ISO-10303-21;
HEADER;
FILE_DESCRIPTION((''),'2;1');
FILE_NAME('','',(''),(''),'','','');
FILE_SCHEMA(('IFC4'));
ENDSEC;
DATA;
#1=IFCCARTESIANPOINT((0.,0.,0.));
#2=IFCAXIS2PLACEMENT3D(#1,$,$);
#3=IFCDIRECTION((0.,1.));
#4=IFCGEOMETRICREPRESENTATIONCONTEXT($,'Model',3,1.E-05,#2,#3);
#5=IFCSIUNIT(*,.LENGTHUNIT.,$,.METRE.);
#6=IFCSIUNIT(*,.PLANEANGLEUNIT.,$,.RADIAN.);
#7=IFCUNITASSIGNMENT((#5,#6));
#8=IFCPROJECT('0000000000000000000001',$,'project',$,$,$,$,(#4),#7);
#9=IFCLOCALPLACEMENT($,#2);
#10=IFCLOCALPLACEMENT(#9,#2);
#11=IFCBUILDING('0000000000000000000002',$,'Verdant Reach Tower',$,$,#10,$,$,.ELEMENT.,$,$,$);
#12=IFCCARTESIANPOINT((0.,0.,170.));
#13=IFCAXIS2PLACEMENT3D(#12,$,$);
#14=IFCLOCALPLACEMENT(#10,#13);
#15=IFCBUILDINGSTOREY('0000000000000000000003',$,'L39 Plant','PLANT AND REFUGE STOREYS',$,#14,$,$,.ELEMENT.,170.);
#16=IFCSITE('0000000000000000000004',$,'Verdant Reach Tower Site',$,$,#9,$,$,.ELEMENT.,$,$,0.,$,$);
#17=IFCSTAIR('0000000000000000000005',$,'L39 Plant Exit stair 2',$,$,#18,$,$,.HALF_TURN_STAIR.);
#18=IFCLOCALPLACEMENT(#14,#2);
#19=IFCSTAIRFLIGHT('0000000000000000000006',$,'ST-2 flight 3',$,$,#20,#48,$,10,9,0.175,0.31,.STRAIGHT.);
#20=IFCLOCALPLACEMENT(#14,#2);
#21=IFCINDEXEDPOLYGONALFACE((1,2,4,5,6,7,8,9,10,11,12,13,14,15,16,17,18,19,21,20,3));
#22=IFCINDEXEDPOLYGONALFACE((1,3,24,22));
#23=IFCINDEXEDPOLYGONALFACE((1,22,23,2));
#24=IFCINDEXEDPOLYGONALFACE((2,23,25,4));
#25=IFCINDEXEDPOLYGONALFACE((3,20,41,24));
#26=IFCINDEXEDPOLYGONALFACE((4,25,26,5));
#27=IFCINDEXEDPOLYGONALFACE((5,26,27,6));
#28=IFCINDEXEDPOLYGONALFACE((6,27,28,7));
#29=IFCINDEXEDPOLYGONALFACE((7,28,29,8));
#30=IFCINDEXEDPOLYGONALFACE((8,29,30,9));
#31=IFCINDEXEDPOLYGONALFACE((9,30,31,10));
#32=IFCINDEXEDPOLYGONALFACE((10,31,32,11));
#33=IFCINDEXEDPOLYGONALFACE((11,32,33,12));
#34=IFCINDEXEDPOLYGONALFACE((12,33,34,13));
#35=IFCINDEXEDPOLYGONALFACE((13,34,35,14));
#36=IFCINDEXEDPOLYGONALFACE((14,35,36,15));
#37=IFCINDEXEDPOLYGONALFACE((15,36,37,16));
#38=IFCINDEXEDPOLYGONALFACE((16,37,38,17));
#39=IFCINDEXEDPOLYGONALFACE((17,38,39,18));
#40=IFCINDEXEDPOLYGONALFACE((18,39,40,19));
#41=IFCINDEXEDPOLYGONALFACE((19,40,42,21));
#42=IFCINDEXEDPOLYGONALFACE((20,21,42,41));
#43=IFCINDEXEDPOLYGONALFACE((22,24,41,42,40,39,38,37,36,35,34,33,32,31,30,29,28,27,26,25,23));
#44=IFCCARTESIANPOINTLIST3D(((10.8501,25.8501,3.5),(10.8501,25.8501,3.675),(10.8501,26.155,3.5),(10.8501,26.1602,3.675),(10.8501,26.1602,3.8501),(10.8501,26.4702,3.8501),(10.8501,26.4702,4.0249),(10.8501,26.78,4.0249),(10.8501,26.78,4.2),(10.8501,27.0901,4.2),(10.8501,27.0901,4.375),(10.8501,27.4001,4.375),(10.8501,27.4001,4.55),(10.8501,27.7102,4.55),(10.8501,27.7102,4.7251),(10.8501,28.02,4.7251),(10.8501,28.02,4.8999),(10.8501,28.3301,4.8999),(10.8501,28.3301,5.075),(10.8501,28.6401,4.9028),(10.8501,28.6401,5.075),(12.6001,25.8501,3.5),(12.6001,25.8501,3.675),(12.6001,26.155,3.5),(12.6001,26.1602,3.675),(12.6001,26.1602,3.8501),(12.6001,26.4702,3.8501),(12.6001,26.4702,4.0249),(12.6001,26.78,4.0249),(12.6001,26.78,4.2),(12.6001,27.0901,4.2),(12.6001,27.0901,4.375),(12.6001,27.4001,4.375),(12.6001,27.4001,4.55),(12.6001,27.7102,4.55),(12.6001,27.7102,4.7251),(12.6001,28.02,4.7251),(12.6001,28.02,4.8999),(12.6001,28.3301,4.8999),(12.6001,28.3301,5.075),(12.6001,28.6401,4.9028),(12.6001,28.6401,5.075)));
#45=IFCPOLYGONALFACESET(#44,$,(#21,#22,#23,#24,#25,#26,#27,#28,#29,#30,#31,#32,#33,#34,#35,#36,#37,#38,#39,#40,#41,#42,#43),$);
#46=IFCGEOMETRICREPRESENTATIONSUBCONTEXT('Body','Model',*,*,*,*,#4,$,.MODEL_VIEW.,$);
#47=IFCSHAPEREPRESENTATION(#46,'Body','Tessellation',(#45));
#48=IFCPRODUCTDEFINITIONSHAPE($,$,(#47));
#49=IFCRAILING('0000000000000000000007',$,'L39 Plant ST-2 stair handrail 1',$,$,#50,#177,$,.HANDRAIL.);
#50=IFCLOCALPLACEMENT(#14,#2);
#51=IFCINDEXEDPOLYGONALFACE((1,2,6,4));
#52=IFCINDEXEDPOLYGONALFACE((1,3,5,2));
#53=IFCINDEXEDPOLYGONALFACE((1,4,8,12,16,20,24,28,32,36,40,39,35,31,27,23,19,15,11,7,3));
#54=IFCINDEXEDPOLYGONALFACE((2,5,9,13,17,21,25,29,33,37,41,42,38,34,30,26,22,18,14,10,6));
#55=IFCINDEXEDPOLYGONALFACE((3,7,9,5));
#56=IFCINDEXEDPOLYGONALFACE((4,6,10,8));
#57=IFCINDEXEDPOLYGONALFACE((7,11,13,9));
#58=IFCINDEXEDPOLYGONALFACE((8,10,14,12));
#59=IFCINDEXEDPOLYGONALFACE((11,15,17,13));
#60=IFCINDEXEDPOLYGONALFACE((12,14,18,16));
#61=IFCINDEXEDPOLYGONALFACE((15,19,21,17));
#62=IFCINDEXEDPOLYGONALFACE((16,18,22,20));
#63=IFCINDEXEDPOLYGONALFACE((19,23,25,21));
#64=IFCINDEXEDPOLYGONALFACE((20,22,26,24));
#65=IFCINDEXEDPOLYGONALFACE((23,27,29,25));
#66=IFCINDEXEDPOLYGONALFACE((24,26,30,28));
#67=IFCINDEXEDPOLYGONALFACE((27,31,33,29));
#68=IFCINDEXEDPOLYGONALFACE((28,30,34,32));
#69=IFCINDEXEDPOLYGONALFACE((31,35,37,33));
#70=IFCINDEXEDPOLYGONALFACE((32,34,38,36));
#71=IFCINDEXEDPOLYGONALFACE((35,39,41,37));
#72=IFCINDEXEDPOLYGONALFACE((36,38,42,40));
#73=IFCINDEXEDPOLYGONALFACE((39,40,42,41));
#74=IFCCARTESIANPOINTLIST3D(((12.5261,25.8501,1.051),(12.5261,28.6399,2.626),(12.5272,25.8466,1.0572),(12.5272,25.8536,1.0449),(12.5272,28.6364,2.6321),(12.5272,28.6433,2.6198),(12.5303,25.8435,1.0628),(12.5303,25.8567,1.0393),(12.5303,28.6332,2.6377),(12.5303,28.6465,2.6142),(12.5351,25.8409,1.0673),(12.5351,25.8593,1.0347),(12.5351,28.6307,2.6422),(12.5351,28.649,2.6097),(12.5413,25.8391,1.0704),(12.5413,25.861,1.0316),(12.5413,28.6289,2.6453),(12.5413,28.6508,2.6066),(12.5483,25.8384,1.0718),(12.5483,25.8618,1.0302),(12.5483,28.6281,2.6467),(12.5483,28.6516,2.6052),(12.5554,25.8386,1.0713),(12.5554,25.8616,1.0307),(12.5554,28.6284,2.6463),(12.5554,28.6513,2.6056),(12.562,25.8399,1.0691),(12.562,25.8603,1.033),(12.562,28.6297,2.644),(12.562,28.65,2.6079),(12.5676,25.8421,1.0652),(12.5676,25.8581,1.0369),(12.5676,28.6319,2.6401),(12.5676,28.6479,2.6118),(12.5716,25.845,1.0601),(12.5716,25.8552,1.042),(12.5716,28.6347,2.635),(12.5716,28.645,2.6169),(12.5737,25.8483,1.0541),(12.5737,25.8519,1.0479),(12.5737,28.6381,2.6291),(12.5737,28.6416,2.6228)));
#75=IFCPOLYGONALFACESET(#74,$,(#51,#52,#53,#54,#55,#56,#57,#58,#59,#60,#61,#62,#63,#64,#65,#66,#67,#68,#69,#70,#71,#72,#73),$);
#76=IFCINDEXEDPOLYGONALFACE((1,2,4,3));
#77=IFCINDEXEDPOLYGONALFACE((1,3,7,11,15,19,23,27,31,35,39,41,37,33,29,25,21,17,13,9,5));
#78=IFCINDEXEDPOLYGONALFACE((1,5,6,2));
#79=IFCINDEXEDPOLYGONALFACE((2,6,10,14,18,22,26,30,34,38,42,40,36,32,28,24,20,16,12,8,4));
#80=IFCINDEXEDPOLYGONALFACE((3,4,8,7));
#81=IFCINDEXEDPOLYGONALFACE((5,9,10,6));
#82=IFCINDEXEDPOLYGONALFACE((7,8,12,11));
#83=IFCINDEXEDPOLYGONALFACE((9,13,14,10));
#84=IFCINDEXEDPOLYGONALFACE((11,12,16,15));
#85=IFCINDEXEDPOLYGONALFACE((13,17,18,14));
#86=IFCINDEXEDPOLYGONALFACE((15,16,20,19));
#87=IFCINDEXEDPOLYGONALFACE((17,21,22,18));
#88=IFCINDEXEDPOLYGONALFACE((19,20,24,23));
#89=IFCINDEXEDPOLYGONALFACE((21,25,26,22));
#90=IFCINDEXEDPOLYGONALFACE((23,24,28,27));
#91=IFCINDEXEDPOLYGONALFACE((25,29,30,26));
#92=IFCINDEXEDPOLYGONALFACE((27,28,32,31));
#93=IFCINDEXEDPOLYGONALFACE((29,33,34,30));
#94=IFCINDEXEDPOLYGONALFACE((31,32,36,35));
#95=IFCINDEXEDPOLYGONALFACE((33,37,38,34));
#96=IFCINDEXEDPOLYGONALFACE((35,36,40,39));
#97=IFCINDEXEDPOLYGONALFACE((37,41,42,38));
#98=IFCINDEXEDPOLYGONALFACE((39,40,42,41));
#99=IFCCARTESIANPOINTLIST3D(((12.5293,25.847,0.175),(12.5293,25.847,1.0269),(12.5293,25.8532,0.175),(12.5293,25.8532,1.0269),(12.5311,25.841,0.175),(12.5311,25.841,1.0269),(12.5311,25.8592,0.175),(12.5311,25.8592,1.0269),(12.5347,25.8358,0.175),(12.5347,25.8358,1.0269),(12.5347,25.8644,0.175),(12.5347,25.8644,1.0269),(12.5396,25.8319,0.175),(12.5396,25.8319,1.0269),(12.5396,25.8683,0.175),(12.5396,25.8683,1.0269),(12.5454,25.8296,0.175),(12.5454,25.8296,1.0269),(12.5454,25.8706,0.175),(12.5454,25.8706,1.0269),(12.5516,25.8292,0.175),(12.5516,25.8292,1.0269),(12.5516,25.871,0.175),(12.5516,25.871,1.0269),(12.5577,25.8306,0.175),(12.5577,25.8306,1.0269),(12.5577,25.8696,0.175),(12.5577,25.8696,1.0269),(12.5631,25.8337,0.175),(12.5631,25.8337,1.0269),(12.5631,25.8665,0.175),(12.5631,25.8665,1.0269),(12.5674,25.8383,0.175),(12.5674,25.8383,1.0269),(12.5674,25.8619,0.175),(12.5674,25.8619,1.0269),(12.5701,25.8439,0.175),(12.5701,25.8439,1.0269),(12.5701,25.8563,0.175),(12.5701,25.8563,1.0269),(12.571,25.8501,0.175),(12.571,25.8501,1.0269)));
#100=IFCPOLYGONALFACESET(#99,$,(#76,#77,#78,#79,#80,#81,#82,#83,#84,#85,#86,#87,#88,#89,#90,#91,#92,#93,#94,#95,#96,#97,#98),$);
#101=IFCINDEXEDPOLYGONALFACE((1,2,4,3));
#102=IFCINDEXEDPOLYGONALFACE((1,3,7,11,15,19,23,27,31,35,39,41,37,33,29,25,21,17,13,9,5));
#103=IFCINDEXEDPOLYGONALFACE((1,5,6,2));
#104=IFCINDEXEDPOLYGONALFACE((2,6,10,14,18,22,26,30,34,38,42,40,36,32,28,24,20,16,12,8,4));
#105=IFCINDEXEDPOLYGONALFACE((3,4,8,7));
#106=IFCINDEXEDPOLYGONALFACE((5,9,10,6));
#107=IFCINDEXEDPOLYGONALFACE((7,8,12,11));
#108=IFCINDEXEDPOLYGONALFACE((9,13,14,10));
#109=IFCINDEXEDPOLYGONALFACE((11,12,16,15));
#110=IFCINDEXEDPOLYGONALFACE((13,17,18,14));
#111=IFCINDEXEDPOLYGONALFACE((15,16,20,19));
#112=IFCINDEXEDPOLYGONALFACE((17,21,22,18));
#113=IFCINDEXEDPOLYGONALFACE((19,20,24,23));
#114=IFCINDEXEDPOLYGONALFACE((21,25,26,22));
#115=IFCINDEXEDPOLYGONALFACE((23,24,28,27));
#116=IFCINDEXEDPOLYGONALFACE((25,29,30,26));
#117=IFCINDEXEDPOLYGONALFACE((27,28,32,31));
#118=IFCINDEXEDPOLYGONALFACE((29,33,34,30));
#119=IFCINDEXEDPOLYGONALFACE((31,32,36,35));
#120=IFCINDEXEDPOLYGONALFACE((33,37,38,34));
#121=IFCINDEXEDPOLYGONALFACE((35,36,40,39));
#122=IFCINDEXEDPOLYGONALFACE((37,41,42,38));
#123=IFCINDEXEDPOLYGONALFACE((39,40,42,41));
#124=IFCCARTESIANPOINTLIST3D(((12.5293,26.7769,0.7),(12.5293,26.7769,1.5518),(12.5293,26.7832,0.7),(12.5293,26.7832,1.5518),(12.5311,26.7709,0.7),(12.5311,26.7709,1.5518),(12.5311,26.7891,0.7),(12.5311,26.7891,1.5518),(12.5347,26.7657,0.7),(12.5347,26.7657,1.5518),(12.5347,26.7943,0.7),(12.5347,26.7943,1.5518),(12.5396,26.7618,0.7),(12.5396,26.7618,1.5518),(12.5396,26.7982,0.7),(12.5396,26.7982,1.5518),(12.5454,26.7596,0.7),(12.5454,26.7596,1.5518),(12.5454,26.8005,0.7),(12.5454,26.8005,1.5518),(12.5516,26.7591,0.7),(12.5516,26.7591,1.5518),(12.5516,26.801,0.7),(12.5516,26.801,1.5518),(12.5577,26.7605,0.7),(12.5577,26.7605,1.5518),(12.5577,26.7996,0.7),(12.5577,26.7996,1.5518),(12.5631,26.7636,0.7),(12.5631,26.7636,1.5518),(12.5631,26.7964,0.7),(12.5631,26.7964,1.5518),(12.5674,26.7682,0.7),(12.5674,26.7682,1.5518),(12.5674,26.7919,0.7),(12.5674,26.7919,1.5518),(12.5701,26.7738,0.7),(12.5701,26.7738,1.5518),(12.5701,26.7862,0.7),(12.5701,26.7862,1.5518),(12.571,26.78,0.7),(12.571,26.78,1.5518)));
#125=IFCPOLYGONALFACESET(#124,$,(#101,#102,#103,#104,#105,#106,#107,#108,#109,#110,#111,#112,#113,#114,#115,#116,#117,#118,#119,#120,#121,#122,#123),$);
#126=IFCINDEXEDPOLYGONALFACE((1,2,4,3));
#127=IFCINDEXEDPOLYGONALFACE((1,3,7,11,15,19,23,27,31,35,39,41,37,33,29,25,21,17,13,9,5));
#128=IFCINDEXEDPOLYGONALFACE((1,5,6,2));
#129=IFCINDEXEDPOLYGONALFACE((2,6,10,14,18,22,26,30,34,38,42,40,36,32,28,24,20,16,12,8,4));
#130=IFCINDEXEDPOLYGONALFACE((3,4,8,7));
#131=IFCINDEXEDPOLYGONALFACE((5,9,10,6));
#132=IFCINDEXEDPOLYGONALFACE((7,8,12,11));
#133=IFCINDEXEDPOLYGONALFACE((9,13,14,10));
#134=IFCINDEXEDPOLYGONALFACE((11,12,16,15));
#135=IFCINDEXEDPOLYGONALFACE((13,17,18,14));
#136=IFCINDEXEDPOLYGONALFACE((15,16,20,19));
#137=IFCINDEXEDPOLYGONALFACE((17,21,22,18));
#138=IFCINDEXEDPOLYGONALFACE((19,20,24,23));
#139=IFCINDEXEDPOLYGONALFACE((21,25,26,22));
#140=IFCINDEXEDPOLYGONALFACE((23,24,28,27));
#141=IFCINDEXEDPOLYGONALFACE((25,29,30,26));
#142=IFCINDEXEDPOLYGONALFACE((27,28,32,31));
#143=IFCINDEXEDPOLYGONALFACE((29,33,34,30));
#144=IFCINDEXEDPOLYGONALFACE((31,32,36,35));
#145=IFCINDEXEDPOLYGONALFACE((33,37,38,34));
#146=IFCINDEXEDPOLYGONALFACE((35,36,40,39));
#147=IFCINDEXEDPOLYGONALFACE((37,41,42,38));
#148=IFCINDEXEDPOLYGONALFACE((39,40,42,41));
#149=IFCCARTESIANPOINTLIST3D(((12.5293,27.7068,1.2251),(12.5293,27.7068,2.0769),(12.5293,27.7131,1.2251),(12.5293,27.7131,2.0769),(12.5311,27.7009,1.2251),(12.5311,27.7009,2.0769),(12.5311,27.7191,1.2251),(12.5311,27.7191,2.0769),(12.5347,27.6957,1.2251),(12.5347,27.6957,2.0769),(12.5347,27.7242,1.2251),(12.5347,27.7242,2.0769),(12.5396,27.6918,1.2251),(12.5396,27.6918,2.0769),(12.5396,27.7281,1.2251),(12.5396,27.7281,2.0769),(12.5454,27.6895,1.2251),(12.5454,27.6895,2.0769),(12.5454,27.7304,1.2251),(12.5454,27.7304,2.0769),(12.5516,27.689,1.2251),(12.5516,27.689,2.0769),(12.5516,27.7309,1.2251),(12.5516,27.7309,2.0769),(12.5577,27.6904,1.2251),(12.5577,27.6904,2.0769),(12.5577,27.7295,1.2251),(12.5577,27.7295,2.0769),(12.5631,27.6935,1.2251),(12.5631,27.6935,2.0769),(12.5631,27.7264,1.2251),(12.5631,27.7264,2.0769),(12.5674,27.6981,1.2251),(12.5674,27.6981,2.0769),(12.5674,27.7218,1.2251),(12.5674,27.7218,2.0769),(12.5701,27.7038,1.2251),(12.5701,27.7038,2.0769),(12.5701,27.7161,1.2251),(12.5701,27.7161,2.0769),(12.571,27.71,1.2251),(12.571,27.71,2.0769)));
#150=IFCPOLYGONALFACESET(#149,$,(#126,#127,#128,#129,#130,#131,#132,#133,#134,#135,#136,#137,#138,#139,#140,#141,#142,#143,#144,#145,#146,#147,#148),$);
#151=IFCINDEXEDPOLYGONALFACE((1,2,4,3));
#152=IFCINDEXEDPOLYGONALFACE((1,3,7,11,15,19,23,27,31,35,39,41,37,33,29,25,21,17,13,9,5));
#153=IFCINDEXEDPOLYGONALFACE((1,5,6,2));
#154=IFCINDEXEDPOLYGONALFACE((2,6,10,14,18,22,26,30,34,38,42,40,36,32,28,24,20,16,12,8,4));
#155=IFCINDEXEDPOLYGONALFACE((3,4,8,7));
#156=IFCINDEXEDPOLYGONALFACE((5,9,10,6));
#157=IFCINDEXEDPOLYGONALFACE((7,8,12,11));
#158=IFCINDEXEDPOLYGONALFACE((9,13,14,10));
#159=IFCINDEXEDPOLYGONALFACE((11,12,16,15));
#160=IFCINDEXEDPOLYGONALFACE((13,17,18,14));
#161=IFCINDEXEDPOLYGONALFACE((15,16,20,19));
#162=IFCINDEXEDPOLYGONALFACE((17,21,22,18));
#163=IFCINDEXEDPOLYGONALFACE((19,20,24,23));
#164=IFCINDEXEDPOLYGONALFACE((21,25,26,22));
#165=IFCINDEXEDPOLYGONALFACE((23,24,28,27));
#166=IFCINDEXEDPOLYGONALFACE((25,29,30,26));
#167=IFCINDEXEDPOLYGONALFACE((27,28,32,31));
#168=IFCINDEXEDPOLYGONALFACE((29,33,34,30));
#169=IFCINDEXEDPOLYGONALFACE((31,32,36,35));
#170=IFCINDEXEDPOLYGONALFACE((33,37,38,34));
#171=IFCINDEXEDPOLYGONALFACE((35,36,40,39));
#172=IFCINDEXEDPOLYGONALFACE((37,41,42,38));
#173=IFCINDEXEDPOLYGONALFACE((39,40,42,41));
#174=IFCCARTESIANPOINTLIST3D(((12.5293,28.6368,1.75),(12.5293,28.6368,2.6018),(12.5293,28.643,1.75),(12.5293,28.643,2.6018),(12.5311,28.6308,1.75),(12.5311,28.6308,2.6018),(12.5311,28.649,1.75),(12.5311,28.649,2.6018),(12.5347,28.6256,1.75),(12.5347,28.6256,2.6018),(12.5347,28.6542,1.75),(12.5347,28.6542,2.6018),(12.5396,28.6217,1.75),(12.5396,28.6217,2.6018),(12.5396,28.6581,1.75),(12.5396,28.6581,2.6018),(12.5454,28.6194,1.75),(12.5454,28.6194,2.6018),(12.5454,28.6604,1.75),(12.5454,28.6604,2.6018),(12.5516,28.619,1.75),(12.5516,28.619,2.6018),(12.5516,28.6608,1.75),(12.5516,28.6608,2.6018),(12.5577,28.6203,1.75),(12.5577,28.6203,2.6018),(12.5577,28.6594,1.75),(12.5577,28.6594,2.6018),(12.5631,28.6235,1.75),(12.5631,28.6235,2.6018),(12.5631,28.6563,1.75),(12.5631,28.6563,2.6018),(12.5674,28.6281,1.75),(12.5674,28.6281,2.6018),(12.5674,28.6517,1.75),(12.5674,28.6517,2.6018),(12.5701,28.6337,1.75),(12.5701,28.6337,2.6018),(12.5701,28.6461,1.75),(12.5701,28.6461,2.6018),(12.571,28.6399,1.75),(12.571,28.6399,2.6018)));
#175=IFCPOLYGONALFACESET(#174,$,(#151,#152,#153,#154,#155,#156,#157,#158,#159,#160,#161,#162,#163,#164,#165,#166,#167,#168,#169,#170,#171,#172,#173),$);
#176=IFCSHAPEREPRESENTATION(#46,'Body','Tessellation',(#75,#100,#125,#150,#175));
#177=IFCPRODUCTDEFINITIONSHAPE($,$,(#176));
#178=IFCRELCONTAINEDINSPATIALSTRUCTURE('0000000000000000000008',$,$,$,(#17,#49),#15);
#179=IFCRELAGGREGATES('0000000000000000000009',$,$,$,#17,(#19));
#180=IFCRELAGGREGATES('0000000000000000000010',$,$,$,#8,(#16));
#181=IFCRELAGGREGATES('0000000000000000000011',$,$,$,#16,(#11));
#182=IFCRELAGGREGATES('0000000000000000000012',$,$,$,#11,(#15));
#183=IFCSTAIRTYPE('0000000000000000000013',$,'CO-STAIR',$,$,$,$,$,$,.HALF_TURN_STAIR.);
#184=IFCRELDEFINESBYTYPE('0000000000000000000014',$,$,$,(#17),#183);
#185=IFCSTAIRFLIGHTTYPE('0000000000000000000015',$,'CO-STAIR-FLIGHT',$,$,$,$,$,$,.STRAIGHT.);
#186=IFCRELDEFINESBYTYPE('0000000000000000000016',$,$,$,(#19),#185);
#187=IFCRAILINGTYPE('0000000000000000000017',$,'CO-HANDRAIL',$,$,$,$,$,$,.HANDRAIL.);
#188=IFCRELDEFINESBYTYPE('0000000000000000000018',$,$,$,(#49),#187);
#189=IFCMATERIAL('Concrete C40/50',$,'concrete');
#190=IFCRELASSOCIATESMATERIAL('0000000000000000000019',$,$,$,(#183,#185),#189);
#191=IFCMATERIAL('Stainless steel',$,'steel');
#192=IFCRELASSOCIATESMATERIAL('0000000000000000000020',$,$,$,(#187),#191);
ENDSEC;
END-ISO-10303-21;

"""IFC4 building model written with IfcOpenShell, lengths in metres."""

from ifc_helpers import new_model, si_unit, direction, frame, origin, origin_2d, place, context, subcontext, project, spatial, polyline, circle, outline, extrude, material, type_object, element, aggregate, save


model = new_model("IFC4")

# Units and contexts
model_context = context("Model", 3, precision=1e-05, world=origin(), true_north=direction((0.0, 1.0)))
body_context = subcontext(model_context, "Body", "Model", "MODEL_VIEW")
ifc_project = project(units=[si_unit("LENGTHUNIT", "METRE"), si_unit("PLANEANGLEUNIT", "RADIAN")], contexts=[model_context])

# Site, building, storey
site_placement = place(None, origin())
site = spatial("IfcSite", under=ifc_project, at=site_placement, Name="Verdant Reach Tower Site", CompositionType="ELEMENT", RefElevation=0.0)
building_placement = place(site_placement, origin())
building = spatial("IfcBuilding", under=site, at=building_placement, Name="Verdant Reach Tower", CompositionType="ELEMENT")
storey_placement = place(building_placement, frame((0.0, 0.0, 170.0)))
storey = spatial("IfcBuildingStorey", under=building, at=storey_placement, Name="L39 Plant", Description="PLANT AND REFUGE STOREYS", CompositionType="ELEMENT", Elevation=170.0)

# Stair, stair flight
ifc_material_1 = material(Name="Concrete C40/50", Category="concrete")
stair_type = type_object("IfcStairType", Name="CO-STAIR", PredefinedType="HALF_TURN_STAIR", material=ifc_material_1)
stair_placement = place(storey_placement, origin())
stair = element("IfcStair", 1, at=stair_placement, inside=storey, type_object=stair_type, Name="L39 Plant Exit stair 2", PredefinedType="HALF_TURN_STAIR")
stair_flight_type = type_object("IfcStairFlightType", Name="CO-STAIR-FLIGHT", PredefinedType="STRAIGHT", material=ifc_material_1)
stair_flight_1_placement = place(storey_placement, frame((11.7251, 25.8501, 3.5), z_axis=(0.0, 0.0, 1.0), x_axis=(0.0, 1.0, 0.0)))
stair_flight_1 = element("IfcStairFlight", 2, at=stair_flight_1_placement, type_object=stair_flight_type, Name="ST-2 flight 3", NumberOfRisers=10, NumberOfTreads=9, PredefinedType="STRAIGHT", RiserHeight=0.175, TreadLength=0.31, context=body_context, shape_type="SweptSolid", body=[
    extrude(outline(polyline([(0.0, 0.0), (0.0, 0.175), (0.3101, 0.175), (0.3101, 0.3501), (0.6201, 0.3501), (0.6201, 0.5249), (0.9299, 0.5249), (0.9299, 0.7), (1.24, 0.7), (1.24, 0.875), (1.55, 0.875), (1.55, 1.05), (1.8601, 1.05), (1.8601, 1.2251), (2.1699, 1.2251), (2.1699, 1.3999), (2.48, 1.3999), (2.48, 1.575), (2.79, 1.575), (2.79, 1.75), (2.79, 1.4028), (0.3049, 0.0), (0.0, 0.0)])), frame((0.0, 0.875, 0.0), z_axis=(0.0, -1.0, 0.0), x_axis=(1.0, 0.0, 0.0)), (0.0, 0.0, 1.0), 1.75),
])
aggregate(stair, [stair_flight_1])

# Railing
ifc_material_2 = material(Name="Stainless steel", Category="steel")
railing_type_1 = type_object("IfcRailingType", Name="CO-HANDRAIL", PredefinedType="HANDRAIL", material=ifc_material_2)
for number, where, name in (
    (3, (12.55, 25.8501, 0.175), "L39 Plant ST-2 stair handrail 1"),
):
    element("IfcRailing", number, at=place(storey_placement, frame(where)), inside=storey, type_object=railing_type_1, Name=name, PredefinedType="HANDRAIL", context=body_context, shape_type="SweptSolid", body=[
        extrude(circle(Radius=0.0239, at=origin_2d()), frame((0.0, 0.0, 0.876), z_axis=(0.0, 0.870815, 0.49161), x_axis=(-1.0, 0.0, 0.0)), (0.0, 0.0, 1.0), 3.2036),
        extrude(circle(Radius=0.021, at=origin_2d()), origin(), (0.0, 0.0, 1.0), 0.8518),
        extrude(circle(Radius=0.021, at=origin_2d()), frame((0.0, 0.9299, 0.5249)), (0.0, 0.0, 1.0), 0.8518),
        extrude(circle(Radius=0.021, at=origin_2d()), frame((0.0, 1.8599, 1.05)), (0.0, 0.0, 1.0), 0.8518),
        extrude(circle(Radius=0.021, at=origin_2d()), frame((0.0, 2.7898, 1.575)), (0.0, 0.0, 1.0), 0.8518),
    ])

save(model, "model.ifc")
